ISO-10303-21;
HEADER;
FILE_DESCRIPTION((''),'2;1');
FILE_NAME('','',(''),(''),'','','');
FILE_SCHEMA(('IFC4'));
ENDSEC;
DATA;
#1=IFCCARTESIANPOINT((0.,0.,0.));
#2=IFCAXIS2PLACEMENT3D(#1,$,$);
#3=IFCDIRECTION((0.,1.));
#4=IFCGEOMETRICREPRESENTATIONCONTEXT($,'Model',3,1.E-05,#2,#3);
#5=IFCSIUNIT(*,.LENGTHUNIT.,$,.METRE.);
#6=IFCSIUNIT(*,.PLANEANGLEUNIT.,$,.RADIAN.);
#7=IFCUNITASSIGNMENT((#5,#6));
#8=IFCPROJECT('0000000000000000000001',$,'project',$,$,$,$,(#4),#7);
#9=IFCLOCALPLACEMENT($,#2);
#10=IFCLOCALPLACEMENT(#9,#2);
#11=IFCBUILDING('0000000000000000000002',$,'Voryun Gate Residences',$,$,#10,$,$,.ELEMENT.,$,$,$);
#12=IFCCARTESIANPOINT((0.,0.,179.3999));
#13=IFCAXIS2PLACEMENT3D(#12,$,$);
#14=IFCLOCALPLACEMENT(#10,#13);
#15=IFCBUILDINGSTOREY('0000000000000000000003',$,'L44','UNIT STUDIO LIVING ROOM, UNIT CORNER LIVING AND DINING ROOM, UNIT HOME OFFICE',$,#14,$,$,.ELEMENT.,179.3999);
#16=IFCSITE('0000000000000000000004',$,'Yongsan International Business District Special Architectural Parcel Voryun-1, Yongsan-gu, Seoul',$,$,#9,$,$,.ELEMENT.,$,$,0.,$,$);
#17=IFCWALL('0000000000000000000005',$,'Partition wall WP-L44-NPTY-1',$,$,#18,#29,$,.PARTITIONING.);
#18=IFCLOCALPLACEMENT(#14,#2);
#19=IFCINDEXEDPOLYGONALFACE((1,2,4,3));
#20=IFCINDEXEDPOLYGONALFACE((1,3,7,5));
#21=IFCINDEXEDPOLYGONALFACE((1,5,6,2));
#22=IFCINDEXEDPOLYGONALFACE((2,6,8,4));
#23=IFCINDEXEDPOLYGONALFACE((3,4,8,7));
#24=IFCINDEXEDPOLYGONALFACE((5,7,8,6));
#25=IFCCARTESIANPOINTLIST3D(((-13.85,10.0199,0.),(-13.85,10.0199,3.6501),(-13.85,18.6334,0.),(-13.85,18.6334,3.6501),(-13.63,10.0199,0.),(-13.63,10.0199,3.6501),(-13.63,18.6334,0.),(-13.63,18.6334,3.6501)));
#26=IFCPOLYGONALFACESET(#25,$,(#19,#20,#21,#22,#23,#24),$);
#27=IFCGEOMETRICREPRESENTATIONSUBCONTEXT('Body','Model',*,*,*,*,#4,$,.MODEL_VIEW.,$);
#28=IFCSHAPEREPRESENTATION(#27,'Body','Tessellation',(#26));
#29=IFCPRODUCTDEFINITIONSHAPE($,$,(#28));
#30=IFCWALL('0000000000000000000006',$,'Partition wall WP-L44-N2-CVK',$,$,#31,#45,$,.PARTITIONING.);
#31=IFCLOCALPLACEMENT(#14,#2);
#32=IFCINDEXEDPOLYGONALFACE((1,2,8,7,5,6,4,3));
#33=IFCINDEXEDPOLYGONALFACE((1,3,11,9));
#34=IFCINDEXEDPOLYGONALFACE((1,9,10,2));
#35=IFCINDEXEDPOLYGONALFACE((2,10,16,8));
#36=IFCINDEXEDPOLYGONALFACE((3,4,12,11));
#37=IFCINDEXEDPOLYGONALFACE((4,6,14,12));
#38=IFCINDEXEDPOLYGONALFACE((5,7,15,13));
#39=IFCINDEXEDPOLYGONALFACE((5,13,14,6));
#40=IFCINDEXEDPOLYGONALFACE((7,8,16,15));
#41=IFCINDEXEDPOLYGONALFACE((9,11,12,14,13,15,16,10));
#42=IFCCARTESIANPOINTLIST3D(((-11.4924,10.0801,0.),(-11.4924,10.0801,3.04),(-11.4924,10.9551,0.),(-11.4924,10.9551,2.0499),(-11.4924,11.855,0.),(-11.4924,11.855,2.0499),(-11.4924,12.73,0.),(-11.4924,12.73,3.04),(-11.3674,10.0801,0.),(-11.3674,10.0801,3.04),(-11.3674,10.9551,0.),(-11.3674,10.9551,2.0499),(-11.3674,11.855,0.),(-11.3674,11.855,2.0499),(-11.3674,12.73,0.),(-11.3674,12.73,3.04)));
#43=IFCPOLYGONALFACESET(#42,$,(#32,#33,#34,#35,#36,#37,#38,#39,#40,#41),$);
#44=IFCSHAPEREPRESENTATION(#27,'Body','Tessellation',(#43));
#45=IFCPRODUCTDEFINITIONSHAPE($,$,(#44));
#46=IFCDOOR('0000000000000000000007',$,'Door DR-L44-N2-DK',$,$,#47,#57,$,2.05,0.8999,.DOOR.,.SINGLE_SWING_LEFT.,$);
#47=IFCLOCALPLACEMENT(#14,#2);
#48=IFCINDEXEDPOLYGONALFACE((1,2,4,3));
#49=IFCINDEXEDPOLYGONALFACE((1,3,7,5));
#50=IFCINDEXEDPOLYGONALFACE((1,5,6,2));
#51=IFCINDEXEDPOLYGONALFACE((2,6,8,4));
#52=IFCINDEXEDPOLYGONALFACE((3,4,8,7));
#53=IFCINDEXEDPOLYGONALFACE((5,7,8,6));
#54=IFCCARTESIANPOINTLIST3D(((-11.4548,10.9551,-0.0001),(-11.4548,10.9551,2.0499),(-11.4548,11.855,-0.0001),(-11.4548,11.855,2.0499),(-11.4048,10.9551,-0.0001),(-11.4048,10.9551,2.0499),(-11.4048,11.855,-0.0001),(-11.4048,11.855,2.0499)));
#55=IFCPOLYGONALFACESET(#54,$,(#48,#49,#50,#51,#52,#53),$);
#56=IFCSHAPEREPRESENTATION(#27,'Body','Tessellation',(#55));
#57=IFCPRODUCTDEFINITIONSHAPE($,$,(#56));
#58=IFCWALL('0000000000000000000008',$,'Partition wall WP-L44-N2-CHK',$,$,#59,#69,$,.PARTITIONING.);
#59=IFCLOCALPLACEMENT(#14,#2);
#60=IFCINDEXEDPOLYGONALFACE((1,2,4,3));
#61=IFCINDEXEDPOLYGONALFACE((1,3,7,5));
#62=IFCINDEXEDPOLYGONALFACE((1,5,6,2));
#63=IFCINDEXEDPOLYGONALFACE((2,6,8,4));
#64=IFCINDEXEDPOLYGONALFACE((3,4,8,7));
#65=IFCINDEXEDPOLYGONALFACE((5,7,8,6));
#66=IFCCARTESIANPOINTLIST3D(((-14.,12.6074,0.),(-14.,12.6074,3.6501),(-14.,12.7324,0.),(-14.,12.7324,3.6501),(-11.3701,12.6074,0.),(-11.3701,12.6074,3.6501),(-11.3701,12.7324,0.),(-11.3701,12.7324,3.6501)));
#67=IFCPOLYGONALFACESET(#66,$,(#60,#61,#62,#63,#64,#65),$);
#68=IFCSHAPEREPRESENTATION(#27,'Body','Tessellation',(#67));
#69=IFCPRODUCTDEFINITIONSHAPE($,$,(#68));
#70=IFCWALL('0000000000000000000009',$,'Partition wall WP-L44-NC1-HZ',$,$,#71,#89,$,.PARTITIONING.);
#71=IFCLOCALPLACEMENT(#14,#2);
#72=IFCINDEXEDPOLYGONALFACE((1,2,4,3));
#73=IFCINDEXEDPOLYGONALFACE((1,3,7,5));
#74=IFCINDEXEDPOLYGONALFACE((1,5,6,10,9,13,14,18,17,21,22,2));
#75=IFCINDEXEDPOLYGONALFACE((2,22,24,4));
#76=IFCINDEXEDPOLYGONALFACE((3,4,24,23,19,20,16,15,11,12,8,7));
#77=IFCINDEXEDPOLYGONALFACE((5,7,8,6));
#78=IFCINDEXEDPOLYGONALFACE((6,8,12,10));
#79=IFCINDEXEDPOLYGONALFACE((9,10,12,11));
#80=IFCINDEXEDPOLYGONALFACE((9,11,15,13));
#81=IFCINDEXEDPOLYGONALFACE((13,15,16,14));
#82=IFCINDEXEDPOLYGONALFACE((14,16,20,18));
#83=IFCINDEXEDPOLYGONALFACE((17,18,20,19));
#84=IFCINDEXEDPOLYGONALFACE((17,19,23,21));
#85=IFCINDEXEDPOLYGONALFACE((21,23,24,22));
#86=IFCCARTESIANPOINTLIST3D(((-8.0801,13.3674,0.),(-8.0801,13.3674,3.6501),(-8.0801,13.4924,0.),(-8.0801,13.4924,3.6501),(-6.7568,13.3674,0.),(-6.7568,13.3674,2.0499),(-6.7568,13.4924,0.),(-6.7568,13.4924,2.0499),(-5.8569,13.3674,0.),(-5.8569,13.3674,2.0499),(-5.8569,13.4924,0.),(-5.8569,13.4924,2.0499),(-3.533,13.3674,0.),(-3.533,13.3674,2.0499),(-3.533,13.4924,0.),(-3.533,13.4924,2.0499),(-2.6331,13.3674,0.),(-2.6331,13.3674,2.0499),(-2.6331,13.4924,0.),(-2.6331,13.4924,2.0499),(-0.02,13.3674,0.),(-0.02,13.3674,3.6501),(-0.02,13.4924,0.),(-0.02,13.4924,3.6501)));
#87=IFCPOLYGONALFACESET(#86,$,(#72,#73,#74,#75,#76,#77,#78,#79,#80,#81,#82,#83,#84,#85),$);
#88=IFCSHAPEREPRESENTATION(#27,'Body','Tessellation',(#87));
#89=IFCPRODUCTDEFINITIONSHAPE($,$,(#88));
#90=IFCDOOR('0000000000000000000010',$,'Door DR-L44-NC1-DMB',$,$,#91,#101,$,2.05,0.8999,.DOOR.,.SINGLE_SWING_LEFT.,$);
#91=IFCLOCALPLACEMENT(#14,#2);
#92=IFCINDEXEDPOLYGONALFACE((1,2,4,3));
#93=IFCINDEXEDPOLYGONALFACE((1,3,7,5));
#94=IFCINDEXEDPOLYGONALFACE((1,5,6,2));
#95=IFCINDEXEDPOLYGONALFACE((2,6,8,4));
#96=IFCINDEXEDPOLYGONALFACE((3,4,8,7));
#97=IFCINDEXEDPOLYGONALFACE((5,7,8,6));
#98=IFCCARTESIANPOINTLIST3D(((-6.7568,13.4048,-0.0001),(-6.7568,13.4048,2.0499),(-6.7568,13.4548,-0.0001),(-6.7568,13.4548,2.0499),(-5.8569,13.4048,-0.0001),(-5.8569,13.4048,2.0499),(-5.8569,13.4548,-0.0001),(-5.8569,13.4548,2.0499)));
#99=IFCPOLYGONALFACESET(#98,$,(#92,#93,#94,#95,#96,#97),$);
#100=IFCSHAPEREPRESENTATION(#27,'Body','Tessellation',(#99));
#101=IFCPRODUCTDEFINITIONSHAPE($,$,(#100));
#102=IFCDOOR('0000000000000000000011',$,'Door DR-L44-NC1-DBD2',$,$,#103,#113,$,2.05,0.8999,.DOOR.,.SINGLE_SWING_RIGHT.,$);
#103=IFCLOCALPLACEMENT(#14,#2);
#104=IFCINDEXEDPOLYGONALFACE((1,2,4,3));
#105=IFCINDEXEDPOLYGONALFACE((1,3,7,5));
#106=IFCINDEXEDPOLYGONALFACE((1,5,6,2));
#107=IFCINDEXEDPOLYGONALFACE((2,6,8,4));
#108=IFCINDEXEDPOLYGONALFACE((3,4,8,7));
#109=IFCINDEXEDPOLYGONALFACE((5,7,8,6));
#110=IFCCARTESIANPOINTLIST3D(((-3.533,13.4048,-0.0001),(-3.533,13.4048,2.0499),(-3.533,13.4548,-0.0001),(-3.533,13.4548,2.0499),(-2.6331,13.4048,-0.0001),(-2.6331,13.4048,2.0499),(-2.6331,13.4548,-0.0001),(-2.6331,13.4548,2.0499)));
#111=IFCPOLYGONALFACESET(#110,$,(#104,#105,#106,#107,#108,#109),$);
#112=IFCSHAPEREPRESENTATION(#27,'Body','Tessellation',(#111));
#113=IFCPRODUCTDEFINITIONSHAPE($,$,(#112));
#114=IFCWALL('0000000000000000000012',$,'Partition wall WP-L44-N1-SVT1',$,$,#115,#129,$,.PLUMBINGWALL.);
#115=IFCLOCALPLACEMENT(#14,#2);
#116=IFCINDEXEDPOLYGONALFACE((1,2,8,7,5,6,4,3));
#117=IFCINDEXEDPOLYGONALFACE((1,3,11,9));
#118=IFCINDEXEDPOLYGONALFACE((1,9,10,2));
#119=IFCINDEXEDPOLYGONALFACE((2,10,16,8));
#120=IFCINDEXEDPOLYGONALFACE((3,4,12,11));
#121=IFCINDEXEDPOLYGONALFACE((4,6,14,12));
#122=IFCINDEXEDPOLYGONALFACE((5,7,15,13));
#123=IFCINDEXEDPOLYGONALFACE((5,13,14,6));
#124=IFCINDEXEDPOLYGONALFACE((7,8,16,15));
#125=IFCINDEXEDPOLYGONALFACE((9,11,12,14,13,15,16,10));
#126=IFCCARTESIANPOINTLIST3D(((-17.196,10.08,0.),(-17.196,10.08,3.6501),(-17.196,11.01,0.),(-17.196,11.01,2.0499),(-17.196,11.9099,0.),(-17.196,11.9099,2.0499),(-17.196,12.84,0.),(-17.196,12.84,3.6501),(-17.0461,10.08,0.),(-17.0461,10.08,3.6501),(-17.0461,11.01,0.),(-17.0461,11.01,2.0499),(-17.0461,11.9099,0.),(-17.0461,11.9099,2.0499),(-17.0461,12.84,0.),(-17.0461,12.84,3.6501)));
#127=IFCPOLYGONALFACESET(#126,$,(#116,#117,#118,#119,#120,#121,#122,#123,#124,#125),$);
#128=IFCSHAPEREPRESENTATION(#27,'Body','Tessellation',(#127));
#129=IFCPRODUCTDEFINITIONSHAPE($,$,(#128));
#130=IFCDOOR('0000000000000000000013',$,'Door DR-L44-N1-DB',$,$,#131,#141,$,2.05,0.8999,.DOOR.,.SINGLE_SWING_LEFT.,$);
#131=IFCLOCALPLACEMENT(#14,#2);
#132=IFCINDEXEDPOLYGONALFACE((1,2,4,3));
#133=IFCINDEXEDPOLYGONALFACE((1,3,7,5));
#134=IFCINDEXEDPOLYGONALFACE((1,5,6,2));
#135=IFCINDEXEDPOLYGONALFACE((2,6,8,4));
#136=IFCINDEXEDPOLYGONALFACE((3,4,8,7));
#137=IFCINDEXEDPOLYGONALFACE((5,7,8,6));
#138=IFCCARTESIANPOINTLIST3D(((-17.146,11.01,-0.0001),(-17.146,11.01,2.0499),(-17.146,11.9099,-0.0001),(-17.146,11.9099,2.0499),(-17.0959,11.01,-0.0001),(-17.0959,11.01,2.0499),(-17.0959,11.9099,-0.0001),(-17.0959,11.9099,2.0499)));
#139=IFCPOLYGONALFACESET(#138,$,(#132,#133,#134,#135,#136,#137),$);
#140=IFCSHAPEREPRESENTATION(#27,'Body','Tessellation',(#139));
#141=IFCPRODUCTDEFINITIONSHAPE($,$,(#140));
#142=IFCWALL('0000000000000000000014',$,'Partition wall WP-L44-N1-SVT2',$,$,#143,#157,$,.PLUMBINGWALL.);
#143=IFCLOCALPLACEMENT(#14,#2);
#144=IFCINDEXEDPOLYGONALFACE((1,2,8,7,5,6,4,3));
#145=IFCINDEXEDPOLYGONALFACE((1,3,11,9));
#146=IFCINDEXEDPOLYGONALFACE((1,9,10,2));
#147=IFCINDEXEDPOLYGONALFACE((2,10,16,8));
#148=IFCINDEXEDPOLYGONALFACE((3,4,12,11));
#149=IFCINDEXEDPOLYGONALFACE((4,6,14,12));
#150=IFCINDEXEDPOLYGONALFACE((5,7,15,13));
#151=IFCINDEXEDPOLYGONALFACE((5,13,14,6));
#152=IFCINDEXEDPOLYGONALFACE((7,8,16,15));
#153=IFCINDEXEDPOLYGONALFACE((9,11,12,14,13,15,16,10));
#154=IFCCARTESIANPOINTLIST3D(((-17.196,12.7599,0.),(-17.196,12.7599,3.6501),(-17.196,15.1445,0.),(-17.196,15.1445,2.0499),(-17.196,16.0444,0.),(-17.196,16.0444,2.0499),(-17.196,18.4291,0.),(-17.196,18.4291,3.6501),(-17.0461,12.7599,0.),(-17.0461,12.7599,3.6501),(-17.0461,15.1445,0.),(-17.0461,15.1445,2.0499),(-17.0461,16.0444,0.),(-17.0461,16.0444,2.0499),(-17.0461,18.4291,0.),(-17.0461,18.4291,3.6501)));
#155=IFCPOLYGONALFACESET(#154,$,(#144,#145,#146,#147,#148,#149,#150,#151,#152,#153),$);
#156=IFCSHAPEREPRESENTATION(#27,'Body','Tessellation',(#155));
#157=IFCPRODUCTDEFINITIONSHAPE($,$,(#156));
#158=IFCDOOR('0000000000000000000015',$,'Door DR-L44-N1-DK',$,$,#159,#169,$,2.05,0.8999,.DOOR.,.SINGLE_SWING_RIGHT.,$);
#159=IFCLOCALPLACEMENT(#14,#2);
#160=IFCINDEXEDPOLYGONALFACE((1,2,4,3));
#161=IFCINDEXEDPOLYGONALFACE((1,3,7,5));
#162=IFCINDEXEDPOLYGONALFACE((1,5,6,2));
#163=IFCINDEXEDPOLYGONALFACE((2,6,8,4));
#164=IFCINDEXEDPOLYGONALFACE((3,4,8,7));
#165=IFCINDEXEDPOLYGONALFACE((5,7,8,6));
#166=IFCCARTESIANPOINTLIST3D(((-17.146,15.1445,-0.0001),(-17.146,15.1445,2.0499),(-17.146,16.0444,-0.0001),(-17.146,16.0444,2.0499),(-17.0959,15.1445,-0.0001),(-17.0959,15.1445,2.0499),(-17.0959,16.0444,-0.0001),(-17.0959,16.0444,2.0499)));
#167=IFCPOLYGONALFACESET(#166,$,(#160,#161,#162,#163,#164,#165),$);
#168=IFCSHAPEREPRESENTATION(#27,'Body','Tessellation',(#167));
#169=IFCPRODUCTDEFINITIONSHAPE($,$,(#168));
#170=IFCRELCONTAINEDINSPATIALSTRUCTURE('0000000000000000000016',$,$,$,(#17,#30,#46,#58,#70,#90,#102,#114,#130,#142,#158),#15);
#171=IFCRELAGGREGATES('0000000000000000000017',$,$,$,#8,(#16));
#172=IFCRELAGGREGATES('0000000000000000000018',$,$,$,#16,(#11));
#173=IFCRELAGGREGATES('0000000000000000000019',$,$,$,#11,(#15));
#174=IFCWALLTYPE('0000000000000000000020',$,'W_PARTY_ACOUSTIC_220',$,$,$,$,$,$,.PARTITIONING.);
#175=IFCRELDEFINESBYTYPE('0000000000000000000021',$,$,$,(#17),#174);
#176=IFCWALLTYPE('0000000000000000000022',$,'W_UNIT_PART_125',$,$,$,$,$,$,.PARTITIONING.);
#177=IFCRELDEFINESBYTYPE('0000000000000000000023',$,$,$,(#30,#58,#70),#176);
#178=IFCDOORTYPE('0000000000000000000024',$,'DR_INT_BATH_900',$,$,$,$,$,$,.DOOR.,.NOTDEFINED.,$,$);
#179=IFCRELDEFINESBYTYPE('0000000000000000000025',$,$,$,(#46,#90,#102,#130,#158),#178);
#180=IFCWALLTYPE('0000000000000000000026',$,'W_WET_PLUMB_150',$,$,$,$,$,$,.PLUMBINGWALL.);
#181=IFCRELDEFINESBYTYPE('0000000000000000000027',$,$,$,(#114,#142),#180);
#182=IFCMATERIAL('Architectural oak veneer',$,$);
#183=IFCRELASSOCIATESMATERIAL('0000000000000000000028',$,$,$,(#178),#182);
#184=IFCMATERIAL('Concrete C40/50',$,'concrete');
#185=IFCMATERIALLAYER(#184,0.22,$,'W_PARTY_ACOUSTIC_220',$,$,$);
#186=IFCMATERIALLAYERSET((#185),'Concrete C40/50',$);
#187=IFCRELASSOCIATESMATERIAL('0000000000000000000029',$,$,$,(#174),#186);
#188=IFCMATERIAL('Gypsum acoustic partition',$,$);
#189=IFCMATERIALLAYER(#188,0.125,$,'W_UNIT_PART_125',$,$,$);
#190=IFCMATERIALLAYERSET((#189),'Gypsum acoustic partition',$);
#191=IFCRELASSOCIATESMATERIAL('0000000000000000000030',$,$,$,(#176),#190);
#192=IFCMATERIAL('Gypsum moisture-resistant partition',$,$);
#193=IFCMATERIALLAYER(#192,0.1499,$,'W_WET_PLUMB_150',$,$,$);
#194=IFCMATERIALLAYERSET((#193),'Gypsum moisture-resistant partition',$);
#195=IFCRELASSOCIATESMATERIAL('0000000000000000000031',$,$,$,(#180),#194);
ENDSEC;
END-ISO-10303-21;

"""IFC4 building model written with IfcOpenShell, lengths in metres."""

from ifc_helpers import new_model, si_unit, direction, frame, frame_2d, origin, place, context, subcontext, project, spatial, rectangle, extrude, material, layer, layer_set, type_object, element, fill, save


model = new_model("IFC4")

# Units and contexts
model_context = context("Model", 3, precision=1e-05, world=origin(), true_north=direction((0.0, 1.0)))
body_context = subcontext(model_context, "Body", "Model", "MODEL_VIEW")
ifc_project = project(units=[si_unit("LENGTHUNIT", "METRE"), si_unit("PLANEANGLEUNIT", "RADIAN")], contexts=[model_context])

# Site, building, storey
site_placement = place(None, origin())
site = spatial("IfcSite", under=ifc_project, at=site_placement, Name="Yongsan International Business District Special Architectural Parcel Voryun-1, Yongsan-gu, Seoul", CompositionType="ELEMENT", RefElevation=0.0)
building_placement = place(site_placement, origin())
building = spatial("IfcBuilding", under=site, at=building_placement, Name="Voryun Gate Residences", CompositionType="ELEMENT")
storey_placement = place(building_placement, frame((0.0, 0.0, 179.3999)))
storey = spatial("IfcBuildingStorey", under=building, at=storey_placement, Name="L44", Description="UNIT STUDIO LIVING ROOM, UNIT CORNER LIVING AND DINING ROOM, UNIT HOME OFFICE", CompositionType="ELEMENT", Elevation=179.3999)

# Shared definitions
ifc_material_1 = material(Name="Architectural oak veneer")
door_type = type_object("IfcDoorType", Name="DR_INT_BATH_900", OperationType="NOTDEFINED", PredefinedType="DOOR", material=ifc_material_1)

# Wall
ifc_material_2 = material(Name="Concrete C40/50", Category="concrete")
ifc_layer_1 = layer(ifc_material_2, 0.22, Name="W_PARTY_ACOUSTIC_220")
ifc_layer_set_1 = layer_set([ifc_layer_1], Name="Concrete C40/50")
wall_type_1 = type_object("IfcWallType", Name="W_PARTY_ACOUSTIC_220", PredefinedType="PARTITIONING", material=ifc_layer_set_1)
wall_1_placement = place(storey_placement, frame((-13.74, 10.02, 0.0), z_axis=(0.0, 0.0, 1.0), x_axis=(0.0, 1.0, 0.0)))
element("IfcWall", 1, at=wall_1_placement, inside=storey, type_object=wall_type_1, Name="Partition wall WP-L44-NPTY-1", PredefinedType="PARTITIONING", context=body_context, shape_type="SweptSolid", body=[
    extrude(rectangle(XDim=8.6135, YDim=0.22, at=frame_2d((4.3066, 0.0))), origin(), (0.0, 0.0, 1.0), 3.6501),
])

# Wall, opening, door
ifc_material_3 = material(Name="Gypsum acoustic partition")
ifc_layer_2 = layer(ifc_material_3, 0.125, Name="W_UNIT_PART_125")
ifc_layer_set_2 = layer_set([ifc_layer_2], Name="Gypsum acoustic partition")
wall_type_2 = type_object("IfcWallType", Name="W_UNIT_PART_125", PredefinedType="PARTITIONING", material=ifc_layer_set_2)
wall_2_placement = place(storey_placement, frame((-11.4299, 10.0801, 0.0), z_axis=(0.0, 0.0, 1.0), x_axis=(0.0, 1.0, 0.0)))
wall_2 = element("IfcWall", 2, at=wall_2_placement, inside=storey, type_object=wall_type_2, Name="Partition wall WP-L44-N2-CVK", PredefinedType="PARTITIONING", context=body_context, shape_type="SweptSolid", body=[
    extrude(rectangle(XDim=2.6499, YDim=0.125, at=frame_2d((1.325, 0.0))), origin(), (0.0, 0.0, 1.0), 3.04),
])
opening_1_placement = place(wall_2_placement, frame((0.875, 0.0, 0.0)))
opening_1 = element("IfcOpeningElement", 3, at=opening_1_placement, cuts=wall_2, PredefinedType="OPENING", context=body_context, shape_type="SweptSolid", body=[
    extrude(rectangle(XDim=0.8999, YDim=2.05, at=frame_2d((0.45, 1.0249))), frame((0.0, 0.0725, 0.0), z_axis=(0.0, -1.0, 0.0), x_axis=(1.0, 0.0, 0.0)), (0.0, 0.0, 1.0), 0.145),
])
door_1_placement = place(opening_1_placement, origin())
door_1 = element("IfcDoor", 4, at=door_1_placement, inside=storey, type_object=door_type, Name="Door DR-L44-N2-DK", OperationType="SINGLE_SWING_LEFT", OverallHeight=2.05, OverallWidth=0.8999, PredefinedType="DOOR", context=body_context, shape_type="SweptSolid", body=[
    extrude(rectangle(XDim=0.8999, YDim=2.05, at=frame_2d((0.45, 1.0249))), frame((0.0, 0.0249, 0.0), z_axis=(0.0, -1.0, 0.0), x_axis=(1.0, 0.0, 0.0)), (0.0, 0.0, 1.0), 0.05),
])
fill(opening_1, door_1)

# Wall
wall_3_placement = place(storey_placement, frame((-14.0, 12.6699, 0.0), z_axis=(0.0, 0.0, 1.0), x_axis=(1.0, 0.0, 0.0)))
element("IfcWall", 5, at=wall_3_placement, inside=storey, type_object=wall_type_2, Name="Partition wall WP-L44-N2-CHK", PredefinedType="PARTITIONING", context=body_context, shape_type="SweptSolid", body=[
    extrude(rectangle(XDim=2.6299, YDim=0.125, at=frame_2d((1.3149, 0.0))), origin(), (0.0, 0.0, 1.0), 3.6501),
])

# Wall, openings, doors
wall_4_placement = place(storey_placement, frame((-8.0801, 13.4299, 0.0), z_axis=(0.0, 0.0, 1.0), x_axis=(1.0, 0.0, 0.0)))
wall_4 = element("IfcWall", 6, at=wall_4_placement, inside=storey, type_object=wall_type_2, Name="Partition wall WP-L44-NC1-HZ", PredefinedType="PARTITIONING", context=body_context, shape_type="SweptSolid", body=[
    extrude(rectangle(XDim=8.0601, YDim=0.125, at=frame_2d((4.03, 0.0))), origin(), (0.0, 0.0, 1.0), 3.6501),
])
opening_2_placement = place(wall_4_placement, frame((1.3232, 0.0, 0.0)))
opening_2 = element("IfcOpeningElement", 7, at=opening_2_placement, cuts=wall_4, PredefinedType="OPENING", context=body_context, shape_type="SweptSolid", body=[
    extrude(rectangle(XDim=0.8999, YDim=2.05, at=frame_2d((0.45, 1.0249))), frame((0.0, 0.0725, 0.0), z_axis=(0.0, -1.0, 0.0), x_axis=(1.0, 0.0, 0.0)), (0.0, 0.0, 1.0), 0.145),
])
opening_3_placement = place(wall_4_placement, frame((4.5471, 0.0, 0.0)))
opening_3 = element("IfcOpeningElement", 8, at=opening_3_placement, cuts=wall_4, PredefinedType="OPENING", context=body_context, shape_type="SweptSolid", body=[
    extrude(rectangle(XDim=0.8999, YDim=2.05, at=frame_2d((0.45, 1.0249))), frame((0.0, 0.0725, 0.0), z_axis=(0.0, -1.0, 0.0), x_axis=(1.0, 0.0, 0.0)), (0.0, 0.0, 1.0), 0.145),
])
door_2_placement = place(opening_2_placement, origin())
door_2 = element("IfcDoor", 9, at=door_2_placement, inside=storey, type_object=door_type, Name="Door DR-L44-NC1-DMB", OperationType="SINGLE_SWING_LEFT", OverallHeight=2.05, OverallWidth=0.8999, PredefinedType="DOOR", context=body_context, shape_type="SweptSolid", body=[
    extrude(rectangle(XDim=0.8999, YDim=2.05, at=frame_2d((0.45, 1.0249))), frame((0.0, 0.0249, 0.0), z_axis=(0.0, -1.0, 0.0), x_axis=(1.0, 0.0, 0.0)), (0.0, 0.0, 1.0), 0.05),
])
fill(opening_2, door_2)
door_3_placement = place(opening_3_placement, origin())
door_3 = element("IfcDoor", 10, at=door_3_placement, inside=storey, type_object=door_type, Name="Door DR-L44-NC1-DBD2", OperationType="SINGLE_SWING_RIGHT", OverallHeight=2.05, OverallWidth=0.8999, PredefinedType="DOOR", context=body_context, shape_type="SweptSolid", body=[
    extrude(rectangle(XDim=0.8999, YDim=2.05, at=frame_2d((0.45, 1.0249))), frame((0.0, 0.0249, 0.0), z_axis=(0.0, -1.0, 0.0), x_axis=(1.0, 0.0, 0.0)), (0.0, 0.0, 1.0), 0.05),
])
fill(opening_3, door_3)

# Walls, openings, doors
ifc_material_4 = material(Name="Gypsum moisture-resistant partition")
ifc_layer_3 = layer(ifc_material_4, 0.1499, Name="W_WET_PLUMB_150")
ifc_layer_set_3 = layer_set([ifc_layer_3], Name="Gypsum moisture-resistant partition")
wall_type_3 = type_object("IfcWallType", Name="W_WET_PLUMB_150", PredefinedType="PLUMBINGWALL", material=ifc_layer_set_3)
wall_5_placement = place(storey_placement, frame((-17.1211, 10.0801, 0.0), z_axis=(0.0, 0.0, 1.0), x_axis=(0.0, 1.0, 0.0)))
wall_5 = element("IfcWall", 11, at=wall_5_placement, inside=storey, type_object=wall_type_3, Name="Partition wall WP-L44-N1-SVT1", PredefinedType="PLUMBINGWALL", context=body_context, shape_type="SweptSolid", body=[
    extrude(rectangle(XDim=2.76, YDim=0.1499, at=frame_2d((1.3799, 0.0))), origin(), (0.0, 0.0, 1.0), 3.6501),
])
opening_4_placement = place(wall_5_placement, frame((0.9299, 0.0, 0.0)))
opening_4 = element("IfcOpeningElement", 12, at=opening_4_placement, cuts=wall_5, PredefinedType="OPENING", context=body_context, shape_type="SweptSolid", body=[
    extrude(rectangle(XDim=0.8999, YDim=2.05, at=frame_2d((0.45, 1.0249))), frame((0.0, 0.085, 0.0), z_axis=(0.0, -1.0, 0.0), x_axis=(1.0, 0.0, 0.0)), (0.0, 0.0, 1.0), 0.1699),
])
door_4_placement = place(opening_4_placement, origin())
door_4 = element("IfcDoor", 13, at=door_4_placement, inside=storey, type_object=door_type, Name="Door DR-L44-N1-DB", OperationType="SINGLE_SWING_LEFT", OverallHeight=2.05, OverallWidth=0.8999, PredefinedType="DOOR", context=body_context, shape_type="SweptSolid", body=[
    extrude(rectangle(XDim=0.8999, YDim=2.05, at=frame_2d((0.45, 1.0249))), frame((0.0, 0.0249, 0.0), z_axis=(0.0, -1.0, 0.0), x_axis=(1.0, 0.0, 0.0)), (0.0, 0.0, 1.0), 0.05),
])
fill(opening_4, door_4)
wall_6_placement = place(storey_placement, frame((-17.1211, 12.76, 0.0), z_axis=(0.0, 0.0, 1.0), x_axis=(0.0, 1.0, 0.0)))
wall_6 = element("IfcWall", 14, at=wall_6_placement, inside=storey, type_object=wall_type_3, Name="Partition wall WP-L44-N1-SVT2", PredefinedType="PLUMBINGWALL", context=body_context, shape_type="SweptSolid", body=[
    extrude(rectangle(XDim=5.6692, YDim=0.1499, at=frame_2d((2.8345, 0.0))), origin(), (0.0, 0.0, 1.0), 3.6501),
])
opening_5_placement = place(wall_6_placement, frame((2.3845, 0.0, 0.0)))
opening_5 = element("IfcOpeningElement", 15, at=opening_5_placement, cuts=wall_6, PredefinedType="OPENING", context=body_context, shape_type="SweptSolid", body=[
    extrude(rectangle(XDim=0.8999, YDim=2.05, at=frame_2d((0.45, 1.0249))), frame((0.0, 0.085, 0.0), z_axis=(0.0, -1.0, 0.0), x_axis=(1.0, 0.0, 0.0)), (0.0, 0.0, 1.0), 0.1699),
])
door_5_placement = place(opening_5_placement, origin())
door_5 = element("IfcDoor", 16, at=door_5_placement, inside=storey, type_object=door_type, Name="Door DR-L44-N1-DK", OperationType="SINGLE_SWING_RIGHT", OverallHeight=2.05, OverallWidth=0.8999, PredefinedType="DOOR", context=body_context, shape_type="SweptSolid", body=[
    extrude(rectangle(XDim=0.8999, YDim=2.05, at=frame_2d((0.45, 1.0249))), frame((0.0, 0.0249, 0.0), z_axis=(0.0, -1.0, 0.0), x_axis=(1.0, 0.0, 0.0)), (0.0, 0.0, 1.0), 0.05),
])
fill(opening_5, door_5)

save(model, "model.ifc")
